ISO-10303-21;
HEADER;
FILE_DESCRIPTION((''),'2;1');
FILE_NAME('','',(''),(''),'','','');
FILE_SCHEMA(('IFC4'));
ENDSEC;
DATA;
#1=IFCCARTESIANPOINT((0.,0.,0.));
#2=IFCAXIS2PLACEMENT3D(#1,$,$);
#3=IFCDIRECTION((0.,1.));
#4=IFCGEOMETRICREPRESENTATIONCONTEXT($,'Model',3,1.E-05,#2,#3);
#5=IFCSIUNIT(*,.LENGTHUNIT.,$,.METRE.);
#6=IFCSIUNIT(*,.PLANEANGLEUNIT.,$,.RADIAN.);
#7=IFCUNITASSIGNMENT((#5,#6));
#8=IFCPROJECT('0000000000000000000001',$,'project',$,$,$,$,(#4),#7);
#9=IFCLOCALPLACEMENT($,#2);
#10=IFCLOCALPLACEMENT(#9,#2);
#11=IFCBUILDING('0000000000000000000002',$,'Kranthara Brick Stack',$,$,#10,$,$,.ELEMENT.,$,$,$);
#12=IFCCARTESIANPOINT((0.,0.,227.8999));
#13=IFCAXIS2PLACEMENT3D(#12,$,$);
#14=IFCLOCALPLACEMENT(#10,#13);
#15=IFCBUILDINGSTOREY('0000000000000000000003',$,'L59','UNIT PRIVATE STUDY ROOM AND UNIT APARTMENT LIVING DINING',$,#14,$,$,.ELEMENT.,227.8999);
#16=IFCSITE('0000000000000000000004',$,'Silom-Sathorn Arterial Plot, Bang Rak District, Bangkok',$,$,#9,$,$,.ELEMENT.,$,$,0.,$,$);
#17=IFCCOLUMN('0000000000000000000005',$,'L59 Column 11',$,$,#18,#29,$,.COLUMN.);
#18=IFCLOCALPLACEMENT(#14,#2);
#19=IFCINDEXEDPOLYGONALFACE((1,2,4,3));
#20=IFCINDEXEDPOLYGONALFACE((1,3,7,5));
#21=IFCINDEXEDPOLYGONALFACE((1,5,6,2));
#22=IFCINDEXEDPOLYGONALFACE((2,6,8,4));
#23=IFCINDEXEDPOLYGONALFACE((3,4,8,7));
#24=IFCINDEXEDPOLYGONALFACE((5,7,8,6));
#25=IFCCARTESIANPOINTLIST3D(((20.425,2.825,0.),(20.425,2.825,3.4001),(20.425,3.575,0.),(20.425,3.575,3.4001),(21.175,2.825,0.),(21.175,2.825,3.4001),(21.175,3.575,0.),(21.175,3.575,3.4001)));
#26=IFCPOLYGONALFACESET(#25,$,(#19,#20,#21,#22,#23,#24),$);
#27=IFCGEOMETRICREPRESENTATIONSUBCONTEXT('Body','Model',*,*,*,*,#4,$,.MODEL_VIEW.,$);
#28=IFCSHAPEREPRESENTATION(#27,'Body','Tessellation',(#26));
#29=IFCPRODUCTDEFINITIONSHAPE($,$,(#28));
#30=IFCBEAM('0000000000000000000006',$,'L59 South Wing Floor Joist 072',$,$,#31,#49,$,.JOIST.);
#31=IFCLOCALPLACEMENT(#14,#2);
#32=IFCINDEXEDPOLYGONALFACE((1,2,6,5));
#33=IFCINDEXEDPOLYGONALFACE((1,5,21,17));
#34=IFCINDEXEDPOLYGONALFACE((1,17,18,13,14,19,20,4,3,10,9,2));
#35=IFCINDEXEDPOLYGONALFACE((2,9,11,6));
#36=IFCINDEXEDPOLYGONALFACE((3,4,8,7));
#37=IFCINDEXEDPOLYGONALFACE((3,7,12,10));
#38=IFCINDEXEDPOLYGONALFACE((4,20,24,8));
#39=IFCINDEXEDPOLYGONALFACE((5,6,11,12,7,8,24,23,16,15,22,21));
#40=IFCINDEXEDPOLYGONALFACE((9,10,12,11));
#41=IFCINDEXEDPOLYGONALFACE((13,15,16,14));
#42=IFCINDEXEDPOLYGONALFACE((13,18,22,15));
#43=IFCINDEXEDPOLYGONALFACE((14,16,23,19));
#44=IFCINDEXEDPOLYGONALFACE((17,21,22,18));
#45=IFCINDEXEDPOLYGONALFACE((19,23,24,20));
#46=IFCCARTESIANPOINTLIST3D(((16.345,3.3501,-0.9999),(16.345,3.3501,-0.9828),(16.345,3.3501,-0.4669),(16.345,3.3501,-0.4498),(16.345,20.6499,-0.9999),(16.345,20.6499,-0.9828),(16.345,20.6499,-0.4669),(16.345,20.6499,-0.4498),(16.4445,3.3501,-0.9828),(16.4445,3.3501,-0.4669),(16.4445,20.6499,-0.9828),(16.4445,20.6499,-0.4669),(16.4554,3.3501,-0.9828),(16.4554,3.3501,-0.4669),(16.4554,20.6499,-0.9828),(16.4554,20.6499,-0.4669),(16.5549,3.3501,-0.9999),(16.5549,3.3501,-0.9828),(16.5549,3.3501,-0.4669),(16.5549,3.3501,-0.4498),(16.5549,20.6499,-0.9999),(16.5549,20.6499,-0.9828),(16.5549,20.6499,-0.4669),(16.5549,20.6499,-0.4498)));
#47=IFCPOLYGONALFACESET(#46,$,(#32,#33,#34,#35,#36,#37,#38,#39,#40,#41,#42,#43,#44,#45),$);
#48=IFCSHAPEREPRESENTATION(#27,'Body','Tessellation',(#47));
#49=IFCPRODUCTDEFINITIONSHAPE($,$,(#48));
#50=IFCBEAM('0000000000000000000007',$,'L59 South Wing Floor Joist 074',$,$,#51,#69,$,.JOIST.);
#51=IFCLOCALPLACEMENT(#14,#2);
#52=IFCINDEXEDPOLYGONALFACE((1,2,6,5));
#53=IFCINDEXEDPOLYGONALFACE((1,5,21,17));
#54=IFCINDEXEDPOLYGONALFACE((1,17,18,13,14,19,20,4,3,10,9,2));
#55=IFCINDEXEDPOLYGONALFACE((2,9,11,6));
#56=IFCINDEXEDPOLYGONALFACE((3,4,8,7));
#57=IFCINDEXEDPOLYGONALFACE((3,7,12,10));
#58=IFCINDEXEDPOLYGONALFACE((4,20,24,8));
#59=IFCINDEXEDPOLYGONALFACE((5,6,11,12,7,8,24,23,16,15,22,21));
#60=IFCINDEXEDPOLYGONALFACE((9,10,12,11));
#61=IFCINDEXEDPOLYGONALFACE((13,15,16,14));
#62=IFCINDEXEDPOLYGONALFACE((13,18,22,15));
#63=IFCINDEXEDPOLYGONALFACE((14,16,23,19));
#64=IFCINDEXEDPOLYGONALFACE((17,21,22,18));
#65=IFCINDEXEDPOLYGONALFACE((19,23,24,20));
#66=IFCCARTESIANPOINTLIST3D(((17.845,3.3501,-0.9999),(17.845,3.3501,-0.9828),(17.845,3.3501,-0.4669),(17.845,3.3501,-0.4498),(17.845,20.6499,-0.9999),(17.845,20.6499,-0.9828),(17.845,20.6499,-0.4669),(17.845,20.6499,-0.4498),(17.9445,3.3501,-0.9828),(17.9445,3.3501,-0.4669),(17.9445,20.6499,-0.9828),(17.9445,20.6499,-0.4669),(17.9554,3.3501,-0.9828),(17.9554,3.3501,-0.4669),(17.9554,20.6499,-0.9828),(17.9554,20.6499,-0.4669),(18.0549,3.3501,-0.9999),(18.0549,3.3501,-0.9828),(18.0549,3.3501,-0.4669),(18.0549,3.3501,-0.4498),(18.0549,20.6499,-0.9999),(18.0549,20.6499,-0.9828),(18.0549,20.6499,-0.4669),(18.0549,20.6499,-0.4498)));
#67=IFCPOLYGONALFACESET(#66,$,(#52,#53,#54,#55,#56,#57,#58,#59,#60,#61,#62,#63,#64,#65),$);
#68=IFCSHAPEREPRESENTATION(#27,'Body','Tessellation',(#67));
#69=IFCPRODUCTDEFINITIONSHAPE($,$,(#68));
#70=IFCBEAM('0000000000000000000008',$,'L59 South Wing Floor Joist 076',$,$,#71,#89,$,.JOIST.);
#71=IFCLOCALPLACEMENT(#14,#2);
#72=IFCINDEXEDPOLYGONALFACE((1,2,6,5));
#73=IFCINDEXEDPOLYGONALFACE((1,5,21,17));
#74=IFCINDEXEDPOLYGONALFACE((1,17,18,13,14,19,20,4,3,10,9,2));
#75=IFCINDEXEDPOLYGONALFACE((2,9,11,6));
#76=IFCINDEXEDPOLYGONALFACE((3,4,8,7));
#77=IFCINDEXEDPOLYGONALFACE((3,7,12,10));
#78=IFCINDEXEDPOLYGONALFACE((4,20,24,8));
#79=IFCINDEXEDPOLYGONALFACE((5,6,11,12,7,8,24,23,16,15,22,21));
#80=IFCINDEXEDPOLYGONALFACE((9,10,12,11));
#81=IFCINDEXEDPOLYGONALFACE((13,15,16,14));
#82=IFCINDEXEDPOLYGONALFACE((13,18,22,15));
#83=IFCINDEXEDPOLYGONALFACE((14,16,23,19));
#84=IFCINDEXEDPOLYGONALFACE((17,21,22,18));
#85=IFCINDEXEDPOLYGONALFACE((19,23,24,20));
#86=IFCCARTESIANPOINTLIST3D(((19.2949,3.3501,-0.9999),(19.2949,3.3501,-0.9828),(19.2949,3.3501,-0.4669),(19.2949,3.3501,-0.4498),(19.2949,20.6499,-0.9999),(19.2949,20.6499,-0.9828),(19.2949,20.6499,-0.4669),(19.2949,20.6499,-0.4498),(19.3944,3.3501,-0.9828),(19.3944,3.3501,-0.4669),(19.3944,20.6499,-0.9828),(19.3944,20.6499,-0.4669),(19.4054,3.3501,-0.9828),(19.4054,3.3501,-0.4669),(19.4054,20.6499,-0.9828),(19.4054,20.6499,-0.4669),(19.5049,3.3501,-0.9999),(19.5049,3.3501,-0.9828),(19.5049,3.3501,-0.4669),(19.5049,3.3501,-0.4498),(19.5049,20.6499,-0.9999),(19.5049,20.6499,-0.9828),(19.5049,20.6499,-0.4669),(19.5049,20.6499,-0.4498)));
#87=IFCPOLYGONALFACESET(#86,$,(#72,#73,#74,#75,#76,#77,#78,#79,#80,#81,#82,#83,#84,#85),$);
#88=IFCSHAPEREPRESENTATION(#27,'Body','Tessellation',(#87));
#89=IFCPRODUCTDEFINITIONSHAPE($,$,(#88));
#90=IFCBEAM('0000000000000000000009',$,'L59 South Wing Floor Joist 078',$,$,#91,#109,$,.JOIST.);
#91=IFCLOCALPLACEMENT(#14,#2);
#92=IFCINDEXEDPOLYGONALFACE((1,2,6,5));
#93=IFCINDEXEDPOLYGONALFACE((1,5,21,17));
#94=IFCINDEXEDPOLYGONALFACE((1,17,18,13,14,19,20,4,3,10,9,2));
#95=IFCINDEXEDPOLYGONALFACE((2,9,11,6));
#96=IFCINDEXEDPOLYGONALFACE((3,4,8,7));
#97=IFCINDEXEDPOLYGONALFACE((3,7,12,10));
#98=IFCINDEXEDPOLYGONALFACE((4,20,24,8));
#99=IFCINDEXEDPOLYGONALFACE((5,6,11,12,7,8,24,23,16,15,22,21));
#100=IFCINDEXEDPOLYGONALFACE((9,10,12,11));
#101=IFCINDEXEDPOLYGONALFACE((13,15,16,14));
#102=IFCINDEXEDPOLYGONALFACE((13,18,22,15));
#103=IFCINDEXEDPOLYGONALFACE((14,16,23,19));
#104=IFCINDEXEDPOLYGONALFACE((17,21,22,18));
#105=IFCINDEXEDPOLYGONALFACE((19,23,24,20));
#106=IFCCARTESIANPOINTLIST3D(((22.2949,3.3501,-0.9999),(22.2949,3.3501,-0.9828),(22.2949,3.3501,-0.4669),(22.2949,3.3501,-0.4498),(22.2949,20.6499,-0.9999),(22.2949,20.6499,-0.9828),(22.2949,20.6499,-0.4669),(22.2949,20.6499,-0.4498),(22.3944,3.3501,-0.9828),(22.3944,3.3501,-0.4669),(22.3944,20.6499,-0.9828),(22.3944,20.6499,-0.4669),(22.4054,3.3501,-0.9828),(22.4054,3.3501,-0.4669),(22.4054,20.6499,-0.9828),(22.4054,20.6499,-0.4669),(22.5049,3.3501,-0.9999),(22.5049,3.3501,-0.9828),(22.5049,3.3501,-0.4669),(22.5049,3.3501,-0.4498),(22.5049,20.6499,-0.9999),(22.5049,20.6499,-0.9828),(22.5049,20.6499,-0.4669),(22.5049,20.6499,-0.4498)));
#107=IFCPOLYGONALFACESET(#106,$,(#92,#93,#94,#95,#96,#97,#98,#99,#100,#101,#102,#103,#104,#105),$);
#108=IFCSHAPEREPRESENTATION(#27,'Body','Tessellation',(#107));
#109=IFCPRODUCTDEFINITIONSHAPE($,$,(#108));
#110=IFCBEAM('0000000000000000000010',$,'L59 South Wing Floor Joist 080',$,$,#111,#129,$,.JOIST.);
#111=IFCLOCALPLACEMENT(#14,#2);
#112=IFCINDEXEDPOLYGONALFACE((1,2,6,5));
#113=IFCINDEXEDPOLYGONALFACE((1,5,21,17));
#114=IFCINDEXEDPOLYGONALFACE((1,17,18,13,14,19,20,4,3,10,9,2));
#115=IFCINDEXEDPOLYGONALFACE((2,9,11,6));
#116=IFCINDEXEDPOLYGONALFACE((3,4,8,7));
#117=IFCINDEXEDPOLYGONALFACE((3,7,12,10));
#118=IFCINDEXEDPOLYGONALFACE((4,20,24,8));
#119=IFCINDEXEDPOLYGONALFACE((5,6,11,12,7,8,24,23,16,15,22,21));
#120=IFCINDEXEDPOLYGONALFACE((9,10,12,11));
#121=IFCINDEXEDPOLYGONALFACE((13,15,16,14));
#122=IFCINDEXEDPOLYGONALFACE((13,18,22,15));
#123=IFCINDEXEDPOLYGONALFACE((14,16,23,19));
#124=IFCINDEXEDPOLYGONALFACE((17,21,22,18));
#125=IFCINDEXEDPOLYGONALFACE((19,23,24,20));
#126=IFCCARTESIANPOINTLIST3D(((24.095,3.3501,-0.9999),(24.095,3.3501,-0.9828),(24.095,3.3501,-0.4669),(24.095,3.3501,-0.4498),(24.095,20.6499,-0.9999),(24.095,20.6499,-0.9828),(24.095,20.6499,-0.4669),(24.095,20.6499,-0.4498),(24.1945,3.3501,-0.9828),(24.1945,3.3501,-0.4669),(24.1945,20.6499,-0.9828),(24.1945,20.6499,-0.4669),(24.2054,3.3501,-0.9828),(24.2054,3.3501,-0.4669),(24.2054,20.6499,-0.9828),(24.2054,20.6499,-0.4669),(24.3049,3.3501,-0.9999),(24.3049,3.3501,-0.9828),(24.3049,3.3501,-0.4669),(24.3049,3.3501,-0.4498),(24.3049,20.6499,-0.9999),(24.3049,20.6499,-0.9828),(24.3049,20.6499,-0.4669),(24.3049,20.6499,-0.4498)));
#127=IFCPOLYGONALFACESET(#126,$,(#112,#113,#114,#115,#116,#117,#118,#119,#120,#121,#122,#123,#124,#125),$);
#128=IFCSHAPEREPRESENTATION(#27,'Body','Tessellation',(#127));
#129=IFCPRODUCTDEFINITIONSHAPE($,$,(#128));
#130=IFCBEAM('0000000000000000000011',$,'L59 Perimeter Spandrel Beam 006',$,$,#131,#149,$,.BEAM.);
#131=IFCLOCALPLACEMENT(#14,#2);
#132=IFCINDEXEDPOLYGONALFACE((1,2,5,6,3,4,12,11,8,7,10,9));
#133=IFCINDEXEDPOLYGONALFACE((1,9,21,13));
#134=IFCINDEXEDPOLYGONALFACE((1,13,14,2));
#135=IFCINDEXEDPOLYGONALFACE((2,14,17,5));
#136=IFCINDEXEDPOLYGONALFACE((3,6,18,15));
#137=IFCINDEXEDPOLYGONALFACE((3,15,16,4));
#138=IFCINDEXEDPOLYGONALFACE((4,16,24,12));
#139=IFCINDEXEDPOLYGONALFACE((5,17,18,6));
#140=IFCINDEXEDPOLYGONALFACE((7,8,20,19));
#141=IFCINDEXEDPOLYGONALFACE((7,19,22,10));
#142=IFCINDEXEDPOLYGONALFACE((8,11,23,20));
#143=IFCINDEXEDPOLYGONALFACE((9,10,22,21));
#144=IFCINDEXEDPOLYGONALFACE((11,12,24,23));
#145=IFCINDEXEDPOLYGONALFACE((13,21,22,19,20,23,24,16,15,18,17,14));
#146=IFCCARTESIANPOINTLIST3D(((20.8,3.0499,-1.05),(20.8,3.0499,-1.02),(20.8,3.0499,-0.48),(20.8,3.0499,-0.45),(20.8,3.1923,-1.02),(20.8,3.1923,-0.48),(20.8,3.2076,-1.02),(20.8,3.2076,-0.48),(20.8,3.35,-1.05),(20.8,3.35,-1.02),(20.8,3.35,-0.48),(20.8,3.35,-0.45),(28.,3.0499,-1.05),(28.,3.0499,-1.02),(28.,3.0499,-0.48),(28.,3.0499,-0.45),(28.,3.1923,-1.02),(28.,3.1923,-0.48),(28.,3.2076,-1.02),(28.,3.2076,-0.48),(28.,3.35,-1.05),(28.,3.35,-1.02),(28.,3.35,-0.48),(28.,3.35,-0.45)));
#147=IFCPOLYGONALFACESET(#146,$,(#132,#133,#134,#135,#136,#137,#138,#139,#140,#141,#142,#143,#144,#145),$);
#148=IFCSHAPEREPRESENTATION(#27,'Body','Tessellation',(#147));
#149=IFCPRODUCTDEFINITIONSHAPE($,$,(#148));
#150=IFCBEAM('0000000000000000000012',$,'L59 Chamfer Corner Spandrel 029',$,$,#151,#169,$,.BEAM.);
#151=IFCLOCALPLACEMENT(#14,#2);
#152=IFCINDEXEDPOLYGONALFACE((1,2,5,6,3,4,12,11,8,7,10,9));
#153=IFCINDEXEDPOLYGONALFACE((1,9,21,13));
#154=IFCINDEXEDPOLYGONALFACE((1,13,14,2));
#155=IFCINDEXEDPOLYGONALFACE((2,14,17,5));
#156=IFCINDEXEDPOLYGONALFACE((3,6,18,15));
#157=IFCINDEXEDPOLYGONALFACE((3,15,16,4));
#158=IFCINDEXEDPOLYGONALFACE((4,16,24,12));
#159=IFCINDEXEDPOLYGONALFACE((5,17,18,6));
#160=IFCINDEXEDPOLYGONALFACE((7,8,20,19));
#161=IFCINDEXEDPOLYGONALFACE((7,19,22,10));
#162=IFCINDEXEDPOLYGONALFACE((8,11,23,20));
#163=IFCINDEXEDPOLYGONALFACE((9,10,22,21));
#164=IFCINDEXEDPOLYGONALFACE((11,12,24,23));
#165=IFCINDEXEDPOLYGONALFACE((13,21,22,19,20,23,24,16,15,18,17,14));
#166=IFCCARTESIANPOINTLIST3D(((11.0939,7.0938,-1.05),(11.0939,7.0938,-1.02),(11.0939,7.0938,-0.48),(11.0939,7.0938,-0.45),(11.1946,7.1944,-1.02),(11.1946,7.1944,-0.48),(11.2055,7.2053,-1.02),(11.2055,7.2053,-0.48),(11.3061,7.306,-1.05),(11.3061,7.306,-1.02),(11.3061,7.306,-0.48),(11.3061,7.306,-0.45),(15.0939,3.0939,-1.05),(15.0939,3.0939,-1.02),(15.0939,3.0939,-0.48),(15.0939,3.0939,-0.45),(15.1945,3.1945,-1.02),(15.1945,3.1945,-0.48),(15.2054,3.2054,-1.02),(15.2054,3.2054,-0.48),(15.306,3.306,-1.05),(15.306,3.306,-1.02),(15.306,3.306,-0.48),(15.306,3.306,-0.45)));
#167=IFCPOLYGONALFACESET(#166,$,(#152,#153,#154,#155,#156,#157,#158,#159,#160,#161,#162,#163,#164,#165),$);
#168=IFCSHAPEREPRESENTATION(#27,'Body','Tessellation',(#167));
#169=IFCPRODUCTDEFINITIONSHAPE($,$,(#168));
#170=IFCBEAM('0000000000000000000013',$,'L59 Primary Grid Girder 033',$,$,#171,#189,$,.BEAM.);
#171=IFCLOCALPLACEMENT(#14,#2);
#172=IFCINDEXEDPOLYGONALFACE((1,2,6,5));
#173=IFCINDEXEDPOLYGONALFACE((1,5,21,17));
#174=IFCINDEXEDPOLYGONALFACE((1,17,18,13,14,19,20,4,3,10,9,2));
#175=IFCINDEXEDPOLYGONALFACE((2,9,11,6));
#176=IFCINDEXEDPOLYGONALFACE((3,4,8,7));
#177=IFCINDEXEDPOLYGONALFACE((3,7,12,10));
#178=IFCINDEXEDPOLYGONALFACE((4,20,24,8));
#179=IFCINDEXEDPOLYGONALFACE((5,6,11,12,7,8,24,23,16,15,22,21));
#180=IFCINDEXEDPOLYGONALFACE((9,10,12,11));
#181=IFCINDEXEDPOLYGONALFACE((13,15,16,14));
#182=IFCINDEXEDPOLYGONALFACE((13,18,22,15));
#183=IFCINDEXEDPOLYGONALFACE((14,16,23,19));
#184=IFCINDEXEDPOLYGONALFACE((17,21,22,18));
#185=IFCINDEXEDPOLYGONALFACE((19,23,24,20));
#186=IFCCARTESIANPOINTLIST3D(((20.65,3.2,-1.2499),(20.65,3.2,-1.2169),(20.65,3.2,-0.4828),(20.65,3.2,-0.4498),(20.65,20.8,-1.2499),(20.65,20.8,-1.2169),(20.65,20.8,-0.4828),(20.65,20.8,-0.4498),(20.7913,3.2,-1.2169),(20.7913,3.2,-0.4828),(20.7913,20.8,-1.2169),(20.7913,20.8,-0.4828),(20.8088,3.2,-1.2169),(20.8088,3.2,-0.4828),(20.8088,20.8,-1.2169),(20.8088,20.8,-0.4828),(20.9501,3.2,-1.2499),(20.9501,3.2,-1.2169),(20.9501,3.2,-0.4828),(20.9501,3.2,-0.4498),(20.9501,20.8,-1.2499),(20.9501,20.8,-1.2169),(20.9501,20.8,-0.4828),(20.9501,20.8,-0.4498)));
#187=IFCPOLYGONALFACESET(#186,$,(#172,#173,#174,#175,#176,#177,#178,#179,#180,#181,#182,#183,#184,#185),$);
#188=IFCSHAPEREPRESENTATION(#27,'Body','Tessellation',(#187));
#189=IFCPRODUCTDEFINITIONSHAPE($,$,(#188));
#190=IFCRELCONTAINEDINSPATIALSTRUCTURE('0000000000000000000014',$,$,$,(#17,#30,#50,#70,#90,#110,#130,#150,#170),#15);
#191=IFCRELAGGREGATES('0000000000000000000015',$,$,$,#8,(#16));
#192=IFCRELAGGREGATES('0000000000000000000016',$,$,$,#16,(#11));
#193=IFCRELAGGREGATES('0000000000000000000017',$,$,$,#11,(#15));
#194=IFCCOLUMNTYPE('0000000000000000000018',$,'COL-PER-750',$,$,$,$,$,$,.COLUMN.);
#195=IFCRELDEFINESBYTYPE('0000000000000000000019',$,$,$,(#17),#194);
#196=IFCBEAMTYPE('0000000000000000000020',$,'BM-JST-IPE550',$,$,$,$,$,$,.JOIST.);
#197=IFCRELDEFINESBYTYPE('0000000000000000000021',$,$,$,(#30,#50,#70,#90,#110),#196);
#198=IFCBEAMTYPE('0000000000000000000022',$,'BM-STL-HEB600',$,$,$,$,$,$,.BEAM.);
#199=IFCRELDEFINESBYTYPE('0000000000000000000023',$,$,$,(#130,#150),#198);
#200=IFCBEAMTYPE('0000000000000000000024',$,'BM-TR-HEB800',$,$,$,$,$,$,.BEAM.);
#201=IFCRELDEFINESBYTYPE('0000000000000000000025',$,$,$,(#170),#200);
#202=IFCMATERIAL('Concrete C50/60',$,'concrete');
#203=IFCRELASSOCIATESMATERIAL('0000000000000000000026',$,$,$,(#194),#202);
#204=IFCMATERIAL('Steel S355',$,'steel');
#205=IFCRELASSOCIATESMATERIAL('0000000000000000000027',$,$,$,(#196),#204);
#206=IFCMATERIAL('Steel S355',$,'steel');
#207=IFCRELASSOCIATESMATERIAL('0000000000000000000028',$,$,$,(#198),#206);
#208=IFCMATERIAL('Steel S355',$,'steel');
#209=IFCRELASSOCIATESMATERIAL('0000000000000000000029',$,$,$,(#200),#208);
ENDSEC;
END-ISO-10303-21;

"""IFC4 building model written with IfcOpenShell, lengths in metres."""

from ifc_helpers import new_model, si_unit, direction, frame, origin, origin_2d, place, context, subcontext, project, spatial, rectangle, i_section, extrude, material, material_profile, profile_set, type_object, element, save


model = new_model("IFC4")

# Units and contexts
model_context = context("Model", 3, precision=1e-05, world=origin(), true_north=direction((0.0, 1.0)))
body_context = subcontext(model_context, "Body", "Model", "MODEL_VIEW")
ifc_project = project(units=[si_unit("LENGTHUNIT", "METRE"), si_unit("PLANEANGLEUNIT", "RADIAN")], contexts=[model_context])

# Site, building, storey
site_placement = place(None, origin())
site = spatial("IfcSite", under=ifc_project, at=site_placement, Name="Silom-Sathorn Arterial Plot, Bang Rak District, Bangkok", CompositionType="ELEMENT", RefElevation=0.0)
building_placement = place(site_placement, origin())
building = spatial("IfcBuilding", under=site, at=building_placement, Name="Kranthara Brick Stack", CompositionType="ELEMENT")
storey_placement = place(building_placement, frame((0.0, 0.0, 227.8999)))
storey = spatial("IfcBuildingStorey", under=building, at=storey_placement, Name="L59", Description="UNIT PRIVATE STUDY ROOM AND UNIT APARTMENT LIVING DINING", CompositionType="ELEMENT", Elevation=227.8999)

# Column
ifc_material_1 = material(Name="Concrete C50/60", Category="concrete")
ifc_material_profile_1 = material_profile(ifc_material_1, rectangle(XDim=0.75, YDim=0.75, at=origin_2d()), Name="RC 750x750")
ifc_profile_set_1 = profile_set([ifc_material_profile_1], Name="Concrete C50/60")
column_type = type_object("IfcColumnType", Name="COL-PER-750", PredefinedType="COLUMN", material=ifc_profile_set_1)
column_placement = place(storey_placement, frame((20.8, 3.2, 0.0), z_axis=(0.0, 0.0, 1.0), x_axis=(1.0, 0.0, 0.0)))
element("IfcColumn", 1, at=column_placement, inside=storey, type_object=column_type, Name="L59 Column 11", PredefinedType="COLUMN", context=body_context, shape_type="SweptSolid", body=[
    extrude(rectangle(XDim=0.75, YDim=0.75, at=origin_2d()), origin(), (0.0, 0.0, 1.0), 3.4001),
])

# Beams
ifc_material_2 = material(Name="Steel S355", Category="steel")
ifc_material_profile_2 = material_profile(ifc_material_2, i_section(OverallWidth=0.21, OverallDepth=0.55, WebThickness=0.011, FlangeThickness=0.0171, at=origin_2d()), Name="IPE 550")
ifc_profile_set_2 = profile_set([ifc_material_profile_2], Name="Steel S355")
beam_type_1 = type_object("IfcBeamType", Name="BM-JST-IPE550", PredefinedType="JOIST", material=ifc_profile_set_2)
for number, where, z_axis, x_axis, name in (
    (2, (16.45, 3.3501, -0.7249), (0.0, 1.0, 0.0), (-1.0, 0.0, 0.0), "L59 South Wing Floor Joist 072"),
    (3, (17.95, 3.3501, -0.7249), (0.0, 1.0, 0.0), (-1.0, 0.0, 0.0), "L59 South Wing Floor Joist 074"),
    (4, (19.3999, 3.3501, -0.7249), (0.0, 1.0, 0.0), (-1.0, 0.0, 0.0), "L59 South Wing Floor Joist 076"),
    (5, (22.3999, 3.3501, -0.7249), (0.0, 1.0, 0.0), (-1.0, 0.0, 0.0), "L59 South Wing Floor Joist 078"),
    (6, (24.2, 3.3501, -0.7249), (0.0, 1.0, 0.0), (-1.0, 0.0, 0.0), "L59 South Wing Floor Joist 080"),
):
    element("IfcBeam", number, at=place(storey_placement, frame(where, z_axis=z_axis, x_axis=x_axis)), inside=storey, type_object=beam_type_1, Name=name, PredefinedType="JOIST", context=body_context, shape_type="SweptSolid", body=[
        extrude(i_section(OverallWidth=0.21, OverallDepth=0.55, WebThickness=0.011, FlangeThickness=0.0171, at=origin_2d()), origin(), (0.0, 0.0, 1.0), 17.2998),
    ])
ifc_material_3 = material(Name="Steel S355", Category="steel")
ifc_material_profile_3 = material_profile(ifc_material_3, i_section(OverallWidth=0.3, OverallDepth=0.6001, WebThickness=0.0154, FlangeThickness=0.03, at=origin_2d()), Name="HEB 600")
ifc_profile_set_3 = profile_set([ifc_material_profile_3], Name="Steel S355")
beam_type_2 = type_object("IfcBeamType", Name="BM-STL-HEB600", PredefinedType="BEAM", material=ifc_profile_set_3)
beam_1_placement = place(storey_placement, frame((20.8, 3.2, -0.75), z_axis=(1.0, 0.0, 0.0), x_axis=(0.0, 1.0, 0.0)))
element("IfcBeam", 7, at=beam_1_placement, inside=storey, type_object=beam_type_2, Name="L59 Perimeter Spandrel Beam 006", PredefinedType="BEAM", context=body_context, shape_type="SweptSolid", body=[
    extrude(i_section(OverallWidth=0.3, OverallDepth=0.6001, WebThickness=0.0154, FlangeThickness=0.03, at=origin_2d()), origin(), (0.0, 0.0, 1.0), 7.2),
])
beam_2_placement = place(storey_placement, frame((15.2, 3.2, -0.75), z_axis=(-0.707107, 0.707107, 0.0), x_axis=(-0.707107, -0.707107, 0.0)))
element("IfcBeam", 8, at=beam_2_placement, inside=storey, type_object=beam_type_2, Name="L59 Chamfer Corner Spandrel 029", PredefinedType="BEAM", context=body_context, shape_type="SweptSolid", body=[
    extrude(i_section(OverallWidth=0.3, OverallDepth=0.6001, WebThickness=0.0154, FlangeThickness=0.03, at=origin_2d()), origin(), (0.0, 0.0, 1.0), 5.6567),
])
ifc_material_4 = material(Name="Steel S355", Category="steel")
ifc_material_profile_4 = material_profile(ifc_material_4, i_section(OverallWidth=0.3, OverallDepth=0.8, WebThickness=0.0176, FlangeThickness=0.033, at=origin_2d()), Name="HEB 800")
ifc_profile_set_4 = profile_set([ifc_material_profile_4], Name="Steel S355")
beam_type_3 = type_object("IfcBeamType", Name="BM-TR-HEB800", PredefinedType="BEAM", material=ifc_profile_set_4)
beam_3_placement = place(storey_placement, frame((20.8, 3.2, -0.8499), z_axis=(0.0, 1.0, 0.0), x_axis=(-1.0, 0.0, 0.0)))
element("IfcBeam", 9, at=beam_3_placement, inside=storey, type_object=beam_type_3, Name="L59 Primary Grid Girder 033", PredefinedType="BEAM", context=body_context, shape_type="SweptSolid", body=[
    extrude(i_section(OverallWidth=0.3, OverallDepth=0.8, WebThickness=0.0176, FlangeThickness=0.033, at=origin_2d()), origin(), (0.0, 0.0, 1.0), 17.6001),
])

save(model, "model.ifc")
